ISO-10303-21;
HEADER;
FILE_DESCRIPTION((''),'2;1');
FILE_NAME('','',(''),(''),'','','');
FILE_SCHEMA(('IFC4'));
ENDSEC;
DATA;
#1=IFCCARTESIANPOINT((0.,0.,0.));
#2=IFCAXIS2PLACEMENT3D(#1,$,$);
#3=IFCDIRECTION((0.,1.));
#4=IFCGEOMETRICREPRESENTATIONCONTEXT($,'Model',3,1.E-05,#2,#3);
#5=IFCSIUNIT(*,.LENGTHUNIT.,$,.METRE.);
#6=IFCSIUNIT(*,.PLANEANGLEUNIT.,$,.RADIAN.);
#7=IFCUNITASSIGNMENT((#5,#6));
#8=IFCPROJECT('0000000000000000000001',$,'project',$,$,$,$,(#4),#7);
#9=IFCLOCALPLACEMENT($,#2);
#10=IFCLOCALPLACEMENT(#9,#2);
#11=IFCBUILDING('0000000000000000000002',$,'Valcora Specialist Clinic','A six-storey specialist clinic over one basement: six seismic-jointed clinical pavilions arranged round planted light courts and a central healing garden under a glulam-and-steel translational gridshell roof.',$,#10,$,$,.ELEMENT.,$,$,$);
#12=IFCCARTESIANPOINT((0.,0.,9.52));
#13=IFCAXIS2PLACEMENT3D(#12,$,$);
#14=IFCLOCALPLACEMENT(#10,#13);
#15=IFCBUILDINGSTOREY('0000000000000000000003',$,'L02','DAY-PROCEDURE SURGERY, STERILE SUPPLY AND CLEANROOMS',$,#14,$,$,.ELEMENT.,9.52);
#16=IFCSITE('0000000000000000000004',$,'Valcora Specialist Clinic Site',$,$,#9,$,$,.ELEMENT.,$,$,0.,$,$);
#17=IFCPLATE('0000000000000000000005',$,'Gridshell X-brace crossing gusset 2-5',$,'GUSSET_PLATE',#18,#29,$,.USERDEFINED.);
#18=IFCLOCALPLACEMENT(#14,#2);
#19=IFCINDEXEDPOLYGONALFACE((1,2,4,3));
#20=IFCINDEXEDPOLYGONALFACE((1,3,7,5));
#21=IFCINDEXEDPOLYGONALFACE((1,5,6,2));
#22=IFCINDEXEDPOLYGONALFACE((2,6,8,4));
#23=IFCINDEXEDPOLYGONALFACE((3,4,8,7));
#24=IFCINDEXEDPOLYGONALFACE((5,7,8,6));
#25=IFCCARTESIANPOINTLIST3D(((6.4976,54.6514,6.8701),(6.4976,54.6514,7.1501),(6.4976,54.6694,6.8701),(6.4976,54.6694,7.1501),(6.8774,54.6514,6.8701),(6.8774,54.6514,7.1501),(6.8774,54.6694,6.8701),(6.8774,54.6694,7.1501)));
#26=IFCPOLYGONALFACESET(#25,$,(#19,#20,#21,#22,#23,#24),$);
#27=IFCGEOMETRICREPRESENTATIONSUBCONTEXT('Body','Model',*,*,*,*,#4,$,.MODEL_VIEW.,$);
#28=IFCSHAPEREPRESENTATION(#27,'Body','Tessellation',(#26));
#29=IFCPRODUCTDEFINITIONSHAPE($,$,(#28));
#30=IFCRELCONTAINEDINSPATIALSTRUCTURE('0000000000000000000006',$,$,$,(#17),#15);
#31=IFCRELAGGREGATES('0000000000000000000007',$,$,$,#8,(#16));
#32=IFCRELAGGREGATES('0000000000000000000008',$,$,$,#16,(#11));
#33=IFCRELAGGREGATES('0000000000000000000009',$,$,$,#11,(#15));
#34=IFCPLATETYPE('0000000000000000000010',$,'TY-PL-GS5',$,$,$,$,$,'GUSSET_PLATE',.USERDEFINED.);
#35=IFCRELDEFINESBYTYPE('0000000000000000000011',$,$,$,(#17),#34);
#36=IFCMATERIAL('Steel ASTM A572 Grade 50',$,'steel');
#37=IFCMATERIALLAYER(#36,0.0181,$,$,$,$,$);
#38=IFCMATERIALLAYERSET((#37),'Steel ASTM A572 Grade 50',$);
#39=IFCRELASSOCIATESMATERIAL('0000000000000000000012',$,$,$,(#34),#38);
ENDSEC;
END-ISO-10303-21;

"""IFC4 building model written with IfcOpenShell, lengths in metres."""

from ifc_helpers import new_model, si_unit, direction, frame, origin, origin_2d, place, context, subcontext, project, spatial, rectangle, extrude, material, layer, layer_set, type_object, element, save


model = new_model("IFC4")

# Units and contexts
model_context = context("Model", 3, precision=1e-05, world=origin(), true_north=direction((0.0, 1.0)))
body_context = subcontext(model_context, "Body", "Model", "MODEL_VIEW")
ifc_project = project(units=[si_unit("LENGTHUNIT", "METRE"), si_unit("PLANEANGLEUNIT", "RADIAN")], contexts=[model_context])

# Site, building, storey
site_placement = place(None, origin())
site = spatial("IfcSite", under=ifc_project, at=site_placement, Name="Valcora Specialist Clinic Site", CompositionType="ELEMENT", RefElevation=0.0)
building_placement = place(site_placement, origin())
building = spatial("IfcBuilding", under=site, at=building_placement, Name="Valcora Specialist Clinic", Description="A six-storey specialist clinic over one basement: six seismic-jointed clinical pavilions arranged round planted light courts and a central healing garden under a glulam-and-steel translational gridshell roof.", CompositionType="ELEMENT")
storey_placement = place(building_placement, frame((0.0, 0.0, 9.52)))
storey = spatial("IfcBuildingStorey", under=building, at=storey_placement, Name="L02", Description="DAY-PROCEDURE SURGERY, STERILE SUPPLY AND CLEANROOMS", CompositionType="ELEMENT", Elevation=9.52)

# Plate
ifc_material_1 = material(Name="Steel ASTM A572 Grade 50", Category="steel")
ifc_layer_1 = layer(ifc_material_1, 0.0181)
ifc_layer_set_1 = layer_set([ifc_layer_1], Name="Steel ASTM A572 Grade 50")
plate_type_1 = type_object("IfcPlateType", Name="TY-PL-GS5", ElementType="GUSSET_PLATE", PredefinedType="USERDEFINED", material=ifc_layer_set_1)
for number, where, z_axis, x_axis, name in (
    (1, (6.6875, 54.6604, 6.8701), (0.0, 0.0, 1.0), (1.0, 0.0, 0.0), "Gridshell X-brace crossing gusset 2-5"),
):
    element("IfcPlate", number, at=place(storey_placement, frame(where, z_axis=z_axis, x_axis=x_axis)), inside=storey, type_object=plate_type_1, Name=name, ObjectType="GUSSET_PLATE", PredefinedType="USERDEFINED", context=body_context, shape_type="SweptSolid", body=[
        extrude(rectangle(XDim=0.3799, YDim=0.0181, at=origin_2d()), origin(), (0.0, 0.0, 1.0), 0.28),
    ])

save(model, "model.ifc")
